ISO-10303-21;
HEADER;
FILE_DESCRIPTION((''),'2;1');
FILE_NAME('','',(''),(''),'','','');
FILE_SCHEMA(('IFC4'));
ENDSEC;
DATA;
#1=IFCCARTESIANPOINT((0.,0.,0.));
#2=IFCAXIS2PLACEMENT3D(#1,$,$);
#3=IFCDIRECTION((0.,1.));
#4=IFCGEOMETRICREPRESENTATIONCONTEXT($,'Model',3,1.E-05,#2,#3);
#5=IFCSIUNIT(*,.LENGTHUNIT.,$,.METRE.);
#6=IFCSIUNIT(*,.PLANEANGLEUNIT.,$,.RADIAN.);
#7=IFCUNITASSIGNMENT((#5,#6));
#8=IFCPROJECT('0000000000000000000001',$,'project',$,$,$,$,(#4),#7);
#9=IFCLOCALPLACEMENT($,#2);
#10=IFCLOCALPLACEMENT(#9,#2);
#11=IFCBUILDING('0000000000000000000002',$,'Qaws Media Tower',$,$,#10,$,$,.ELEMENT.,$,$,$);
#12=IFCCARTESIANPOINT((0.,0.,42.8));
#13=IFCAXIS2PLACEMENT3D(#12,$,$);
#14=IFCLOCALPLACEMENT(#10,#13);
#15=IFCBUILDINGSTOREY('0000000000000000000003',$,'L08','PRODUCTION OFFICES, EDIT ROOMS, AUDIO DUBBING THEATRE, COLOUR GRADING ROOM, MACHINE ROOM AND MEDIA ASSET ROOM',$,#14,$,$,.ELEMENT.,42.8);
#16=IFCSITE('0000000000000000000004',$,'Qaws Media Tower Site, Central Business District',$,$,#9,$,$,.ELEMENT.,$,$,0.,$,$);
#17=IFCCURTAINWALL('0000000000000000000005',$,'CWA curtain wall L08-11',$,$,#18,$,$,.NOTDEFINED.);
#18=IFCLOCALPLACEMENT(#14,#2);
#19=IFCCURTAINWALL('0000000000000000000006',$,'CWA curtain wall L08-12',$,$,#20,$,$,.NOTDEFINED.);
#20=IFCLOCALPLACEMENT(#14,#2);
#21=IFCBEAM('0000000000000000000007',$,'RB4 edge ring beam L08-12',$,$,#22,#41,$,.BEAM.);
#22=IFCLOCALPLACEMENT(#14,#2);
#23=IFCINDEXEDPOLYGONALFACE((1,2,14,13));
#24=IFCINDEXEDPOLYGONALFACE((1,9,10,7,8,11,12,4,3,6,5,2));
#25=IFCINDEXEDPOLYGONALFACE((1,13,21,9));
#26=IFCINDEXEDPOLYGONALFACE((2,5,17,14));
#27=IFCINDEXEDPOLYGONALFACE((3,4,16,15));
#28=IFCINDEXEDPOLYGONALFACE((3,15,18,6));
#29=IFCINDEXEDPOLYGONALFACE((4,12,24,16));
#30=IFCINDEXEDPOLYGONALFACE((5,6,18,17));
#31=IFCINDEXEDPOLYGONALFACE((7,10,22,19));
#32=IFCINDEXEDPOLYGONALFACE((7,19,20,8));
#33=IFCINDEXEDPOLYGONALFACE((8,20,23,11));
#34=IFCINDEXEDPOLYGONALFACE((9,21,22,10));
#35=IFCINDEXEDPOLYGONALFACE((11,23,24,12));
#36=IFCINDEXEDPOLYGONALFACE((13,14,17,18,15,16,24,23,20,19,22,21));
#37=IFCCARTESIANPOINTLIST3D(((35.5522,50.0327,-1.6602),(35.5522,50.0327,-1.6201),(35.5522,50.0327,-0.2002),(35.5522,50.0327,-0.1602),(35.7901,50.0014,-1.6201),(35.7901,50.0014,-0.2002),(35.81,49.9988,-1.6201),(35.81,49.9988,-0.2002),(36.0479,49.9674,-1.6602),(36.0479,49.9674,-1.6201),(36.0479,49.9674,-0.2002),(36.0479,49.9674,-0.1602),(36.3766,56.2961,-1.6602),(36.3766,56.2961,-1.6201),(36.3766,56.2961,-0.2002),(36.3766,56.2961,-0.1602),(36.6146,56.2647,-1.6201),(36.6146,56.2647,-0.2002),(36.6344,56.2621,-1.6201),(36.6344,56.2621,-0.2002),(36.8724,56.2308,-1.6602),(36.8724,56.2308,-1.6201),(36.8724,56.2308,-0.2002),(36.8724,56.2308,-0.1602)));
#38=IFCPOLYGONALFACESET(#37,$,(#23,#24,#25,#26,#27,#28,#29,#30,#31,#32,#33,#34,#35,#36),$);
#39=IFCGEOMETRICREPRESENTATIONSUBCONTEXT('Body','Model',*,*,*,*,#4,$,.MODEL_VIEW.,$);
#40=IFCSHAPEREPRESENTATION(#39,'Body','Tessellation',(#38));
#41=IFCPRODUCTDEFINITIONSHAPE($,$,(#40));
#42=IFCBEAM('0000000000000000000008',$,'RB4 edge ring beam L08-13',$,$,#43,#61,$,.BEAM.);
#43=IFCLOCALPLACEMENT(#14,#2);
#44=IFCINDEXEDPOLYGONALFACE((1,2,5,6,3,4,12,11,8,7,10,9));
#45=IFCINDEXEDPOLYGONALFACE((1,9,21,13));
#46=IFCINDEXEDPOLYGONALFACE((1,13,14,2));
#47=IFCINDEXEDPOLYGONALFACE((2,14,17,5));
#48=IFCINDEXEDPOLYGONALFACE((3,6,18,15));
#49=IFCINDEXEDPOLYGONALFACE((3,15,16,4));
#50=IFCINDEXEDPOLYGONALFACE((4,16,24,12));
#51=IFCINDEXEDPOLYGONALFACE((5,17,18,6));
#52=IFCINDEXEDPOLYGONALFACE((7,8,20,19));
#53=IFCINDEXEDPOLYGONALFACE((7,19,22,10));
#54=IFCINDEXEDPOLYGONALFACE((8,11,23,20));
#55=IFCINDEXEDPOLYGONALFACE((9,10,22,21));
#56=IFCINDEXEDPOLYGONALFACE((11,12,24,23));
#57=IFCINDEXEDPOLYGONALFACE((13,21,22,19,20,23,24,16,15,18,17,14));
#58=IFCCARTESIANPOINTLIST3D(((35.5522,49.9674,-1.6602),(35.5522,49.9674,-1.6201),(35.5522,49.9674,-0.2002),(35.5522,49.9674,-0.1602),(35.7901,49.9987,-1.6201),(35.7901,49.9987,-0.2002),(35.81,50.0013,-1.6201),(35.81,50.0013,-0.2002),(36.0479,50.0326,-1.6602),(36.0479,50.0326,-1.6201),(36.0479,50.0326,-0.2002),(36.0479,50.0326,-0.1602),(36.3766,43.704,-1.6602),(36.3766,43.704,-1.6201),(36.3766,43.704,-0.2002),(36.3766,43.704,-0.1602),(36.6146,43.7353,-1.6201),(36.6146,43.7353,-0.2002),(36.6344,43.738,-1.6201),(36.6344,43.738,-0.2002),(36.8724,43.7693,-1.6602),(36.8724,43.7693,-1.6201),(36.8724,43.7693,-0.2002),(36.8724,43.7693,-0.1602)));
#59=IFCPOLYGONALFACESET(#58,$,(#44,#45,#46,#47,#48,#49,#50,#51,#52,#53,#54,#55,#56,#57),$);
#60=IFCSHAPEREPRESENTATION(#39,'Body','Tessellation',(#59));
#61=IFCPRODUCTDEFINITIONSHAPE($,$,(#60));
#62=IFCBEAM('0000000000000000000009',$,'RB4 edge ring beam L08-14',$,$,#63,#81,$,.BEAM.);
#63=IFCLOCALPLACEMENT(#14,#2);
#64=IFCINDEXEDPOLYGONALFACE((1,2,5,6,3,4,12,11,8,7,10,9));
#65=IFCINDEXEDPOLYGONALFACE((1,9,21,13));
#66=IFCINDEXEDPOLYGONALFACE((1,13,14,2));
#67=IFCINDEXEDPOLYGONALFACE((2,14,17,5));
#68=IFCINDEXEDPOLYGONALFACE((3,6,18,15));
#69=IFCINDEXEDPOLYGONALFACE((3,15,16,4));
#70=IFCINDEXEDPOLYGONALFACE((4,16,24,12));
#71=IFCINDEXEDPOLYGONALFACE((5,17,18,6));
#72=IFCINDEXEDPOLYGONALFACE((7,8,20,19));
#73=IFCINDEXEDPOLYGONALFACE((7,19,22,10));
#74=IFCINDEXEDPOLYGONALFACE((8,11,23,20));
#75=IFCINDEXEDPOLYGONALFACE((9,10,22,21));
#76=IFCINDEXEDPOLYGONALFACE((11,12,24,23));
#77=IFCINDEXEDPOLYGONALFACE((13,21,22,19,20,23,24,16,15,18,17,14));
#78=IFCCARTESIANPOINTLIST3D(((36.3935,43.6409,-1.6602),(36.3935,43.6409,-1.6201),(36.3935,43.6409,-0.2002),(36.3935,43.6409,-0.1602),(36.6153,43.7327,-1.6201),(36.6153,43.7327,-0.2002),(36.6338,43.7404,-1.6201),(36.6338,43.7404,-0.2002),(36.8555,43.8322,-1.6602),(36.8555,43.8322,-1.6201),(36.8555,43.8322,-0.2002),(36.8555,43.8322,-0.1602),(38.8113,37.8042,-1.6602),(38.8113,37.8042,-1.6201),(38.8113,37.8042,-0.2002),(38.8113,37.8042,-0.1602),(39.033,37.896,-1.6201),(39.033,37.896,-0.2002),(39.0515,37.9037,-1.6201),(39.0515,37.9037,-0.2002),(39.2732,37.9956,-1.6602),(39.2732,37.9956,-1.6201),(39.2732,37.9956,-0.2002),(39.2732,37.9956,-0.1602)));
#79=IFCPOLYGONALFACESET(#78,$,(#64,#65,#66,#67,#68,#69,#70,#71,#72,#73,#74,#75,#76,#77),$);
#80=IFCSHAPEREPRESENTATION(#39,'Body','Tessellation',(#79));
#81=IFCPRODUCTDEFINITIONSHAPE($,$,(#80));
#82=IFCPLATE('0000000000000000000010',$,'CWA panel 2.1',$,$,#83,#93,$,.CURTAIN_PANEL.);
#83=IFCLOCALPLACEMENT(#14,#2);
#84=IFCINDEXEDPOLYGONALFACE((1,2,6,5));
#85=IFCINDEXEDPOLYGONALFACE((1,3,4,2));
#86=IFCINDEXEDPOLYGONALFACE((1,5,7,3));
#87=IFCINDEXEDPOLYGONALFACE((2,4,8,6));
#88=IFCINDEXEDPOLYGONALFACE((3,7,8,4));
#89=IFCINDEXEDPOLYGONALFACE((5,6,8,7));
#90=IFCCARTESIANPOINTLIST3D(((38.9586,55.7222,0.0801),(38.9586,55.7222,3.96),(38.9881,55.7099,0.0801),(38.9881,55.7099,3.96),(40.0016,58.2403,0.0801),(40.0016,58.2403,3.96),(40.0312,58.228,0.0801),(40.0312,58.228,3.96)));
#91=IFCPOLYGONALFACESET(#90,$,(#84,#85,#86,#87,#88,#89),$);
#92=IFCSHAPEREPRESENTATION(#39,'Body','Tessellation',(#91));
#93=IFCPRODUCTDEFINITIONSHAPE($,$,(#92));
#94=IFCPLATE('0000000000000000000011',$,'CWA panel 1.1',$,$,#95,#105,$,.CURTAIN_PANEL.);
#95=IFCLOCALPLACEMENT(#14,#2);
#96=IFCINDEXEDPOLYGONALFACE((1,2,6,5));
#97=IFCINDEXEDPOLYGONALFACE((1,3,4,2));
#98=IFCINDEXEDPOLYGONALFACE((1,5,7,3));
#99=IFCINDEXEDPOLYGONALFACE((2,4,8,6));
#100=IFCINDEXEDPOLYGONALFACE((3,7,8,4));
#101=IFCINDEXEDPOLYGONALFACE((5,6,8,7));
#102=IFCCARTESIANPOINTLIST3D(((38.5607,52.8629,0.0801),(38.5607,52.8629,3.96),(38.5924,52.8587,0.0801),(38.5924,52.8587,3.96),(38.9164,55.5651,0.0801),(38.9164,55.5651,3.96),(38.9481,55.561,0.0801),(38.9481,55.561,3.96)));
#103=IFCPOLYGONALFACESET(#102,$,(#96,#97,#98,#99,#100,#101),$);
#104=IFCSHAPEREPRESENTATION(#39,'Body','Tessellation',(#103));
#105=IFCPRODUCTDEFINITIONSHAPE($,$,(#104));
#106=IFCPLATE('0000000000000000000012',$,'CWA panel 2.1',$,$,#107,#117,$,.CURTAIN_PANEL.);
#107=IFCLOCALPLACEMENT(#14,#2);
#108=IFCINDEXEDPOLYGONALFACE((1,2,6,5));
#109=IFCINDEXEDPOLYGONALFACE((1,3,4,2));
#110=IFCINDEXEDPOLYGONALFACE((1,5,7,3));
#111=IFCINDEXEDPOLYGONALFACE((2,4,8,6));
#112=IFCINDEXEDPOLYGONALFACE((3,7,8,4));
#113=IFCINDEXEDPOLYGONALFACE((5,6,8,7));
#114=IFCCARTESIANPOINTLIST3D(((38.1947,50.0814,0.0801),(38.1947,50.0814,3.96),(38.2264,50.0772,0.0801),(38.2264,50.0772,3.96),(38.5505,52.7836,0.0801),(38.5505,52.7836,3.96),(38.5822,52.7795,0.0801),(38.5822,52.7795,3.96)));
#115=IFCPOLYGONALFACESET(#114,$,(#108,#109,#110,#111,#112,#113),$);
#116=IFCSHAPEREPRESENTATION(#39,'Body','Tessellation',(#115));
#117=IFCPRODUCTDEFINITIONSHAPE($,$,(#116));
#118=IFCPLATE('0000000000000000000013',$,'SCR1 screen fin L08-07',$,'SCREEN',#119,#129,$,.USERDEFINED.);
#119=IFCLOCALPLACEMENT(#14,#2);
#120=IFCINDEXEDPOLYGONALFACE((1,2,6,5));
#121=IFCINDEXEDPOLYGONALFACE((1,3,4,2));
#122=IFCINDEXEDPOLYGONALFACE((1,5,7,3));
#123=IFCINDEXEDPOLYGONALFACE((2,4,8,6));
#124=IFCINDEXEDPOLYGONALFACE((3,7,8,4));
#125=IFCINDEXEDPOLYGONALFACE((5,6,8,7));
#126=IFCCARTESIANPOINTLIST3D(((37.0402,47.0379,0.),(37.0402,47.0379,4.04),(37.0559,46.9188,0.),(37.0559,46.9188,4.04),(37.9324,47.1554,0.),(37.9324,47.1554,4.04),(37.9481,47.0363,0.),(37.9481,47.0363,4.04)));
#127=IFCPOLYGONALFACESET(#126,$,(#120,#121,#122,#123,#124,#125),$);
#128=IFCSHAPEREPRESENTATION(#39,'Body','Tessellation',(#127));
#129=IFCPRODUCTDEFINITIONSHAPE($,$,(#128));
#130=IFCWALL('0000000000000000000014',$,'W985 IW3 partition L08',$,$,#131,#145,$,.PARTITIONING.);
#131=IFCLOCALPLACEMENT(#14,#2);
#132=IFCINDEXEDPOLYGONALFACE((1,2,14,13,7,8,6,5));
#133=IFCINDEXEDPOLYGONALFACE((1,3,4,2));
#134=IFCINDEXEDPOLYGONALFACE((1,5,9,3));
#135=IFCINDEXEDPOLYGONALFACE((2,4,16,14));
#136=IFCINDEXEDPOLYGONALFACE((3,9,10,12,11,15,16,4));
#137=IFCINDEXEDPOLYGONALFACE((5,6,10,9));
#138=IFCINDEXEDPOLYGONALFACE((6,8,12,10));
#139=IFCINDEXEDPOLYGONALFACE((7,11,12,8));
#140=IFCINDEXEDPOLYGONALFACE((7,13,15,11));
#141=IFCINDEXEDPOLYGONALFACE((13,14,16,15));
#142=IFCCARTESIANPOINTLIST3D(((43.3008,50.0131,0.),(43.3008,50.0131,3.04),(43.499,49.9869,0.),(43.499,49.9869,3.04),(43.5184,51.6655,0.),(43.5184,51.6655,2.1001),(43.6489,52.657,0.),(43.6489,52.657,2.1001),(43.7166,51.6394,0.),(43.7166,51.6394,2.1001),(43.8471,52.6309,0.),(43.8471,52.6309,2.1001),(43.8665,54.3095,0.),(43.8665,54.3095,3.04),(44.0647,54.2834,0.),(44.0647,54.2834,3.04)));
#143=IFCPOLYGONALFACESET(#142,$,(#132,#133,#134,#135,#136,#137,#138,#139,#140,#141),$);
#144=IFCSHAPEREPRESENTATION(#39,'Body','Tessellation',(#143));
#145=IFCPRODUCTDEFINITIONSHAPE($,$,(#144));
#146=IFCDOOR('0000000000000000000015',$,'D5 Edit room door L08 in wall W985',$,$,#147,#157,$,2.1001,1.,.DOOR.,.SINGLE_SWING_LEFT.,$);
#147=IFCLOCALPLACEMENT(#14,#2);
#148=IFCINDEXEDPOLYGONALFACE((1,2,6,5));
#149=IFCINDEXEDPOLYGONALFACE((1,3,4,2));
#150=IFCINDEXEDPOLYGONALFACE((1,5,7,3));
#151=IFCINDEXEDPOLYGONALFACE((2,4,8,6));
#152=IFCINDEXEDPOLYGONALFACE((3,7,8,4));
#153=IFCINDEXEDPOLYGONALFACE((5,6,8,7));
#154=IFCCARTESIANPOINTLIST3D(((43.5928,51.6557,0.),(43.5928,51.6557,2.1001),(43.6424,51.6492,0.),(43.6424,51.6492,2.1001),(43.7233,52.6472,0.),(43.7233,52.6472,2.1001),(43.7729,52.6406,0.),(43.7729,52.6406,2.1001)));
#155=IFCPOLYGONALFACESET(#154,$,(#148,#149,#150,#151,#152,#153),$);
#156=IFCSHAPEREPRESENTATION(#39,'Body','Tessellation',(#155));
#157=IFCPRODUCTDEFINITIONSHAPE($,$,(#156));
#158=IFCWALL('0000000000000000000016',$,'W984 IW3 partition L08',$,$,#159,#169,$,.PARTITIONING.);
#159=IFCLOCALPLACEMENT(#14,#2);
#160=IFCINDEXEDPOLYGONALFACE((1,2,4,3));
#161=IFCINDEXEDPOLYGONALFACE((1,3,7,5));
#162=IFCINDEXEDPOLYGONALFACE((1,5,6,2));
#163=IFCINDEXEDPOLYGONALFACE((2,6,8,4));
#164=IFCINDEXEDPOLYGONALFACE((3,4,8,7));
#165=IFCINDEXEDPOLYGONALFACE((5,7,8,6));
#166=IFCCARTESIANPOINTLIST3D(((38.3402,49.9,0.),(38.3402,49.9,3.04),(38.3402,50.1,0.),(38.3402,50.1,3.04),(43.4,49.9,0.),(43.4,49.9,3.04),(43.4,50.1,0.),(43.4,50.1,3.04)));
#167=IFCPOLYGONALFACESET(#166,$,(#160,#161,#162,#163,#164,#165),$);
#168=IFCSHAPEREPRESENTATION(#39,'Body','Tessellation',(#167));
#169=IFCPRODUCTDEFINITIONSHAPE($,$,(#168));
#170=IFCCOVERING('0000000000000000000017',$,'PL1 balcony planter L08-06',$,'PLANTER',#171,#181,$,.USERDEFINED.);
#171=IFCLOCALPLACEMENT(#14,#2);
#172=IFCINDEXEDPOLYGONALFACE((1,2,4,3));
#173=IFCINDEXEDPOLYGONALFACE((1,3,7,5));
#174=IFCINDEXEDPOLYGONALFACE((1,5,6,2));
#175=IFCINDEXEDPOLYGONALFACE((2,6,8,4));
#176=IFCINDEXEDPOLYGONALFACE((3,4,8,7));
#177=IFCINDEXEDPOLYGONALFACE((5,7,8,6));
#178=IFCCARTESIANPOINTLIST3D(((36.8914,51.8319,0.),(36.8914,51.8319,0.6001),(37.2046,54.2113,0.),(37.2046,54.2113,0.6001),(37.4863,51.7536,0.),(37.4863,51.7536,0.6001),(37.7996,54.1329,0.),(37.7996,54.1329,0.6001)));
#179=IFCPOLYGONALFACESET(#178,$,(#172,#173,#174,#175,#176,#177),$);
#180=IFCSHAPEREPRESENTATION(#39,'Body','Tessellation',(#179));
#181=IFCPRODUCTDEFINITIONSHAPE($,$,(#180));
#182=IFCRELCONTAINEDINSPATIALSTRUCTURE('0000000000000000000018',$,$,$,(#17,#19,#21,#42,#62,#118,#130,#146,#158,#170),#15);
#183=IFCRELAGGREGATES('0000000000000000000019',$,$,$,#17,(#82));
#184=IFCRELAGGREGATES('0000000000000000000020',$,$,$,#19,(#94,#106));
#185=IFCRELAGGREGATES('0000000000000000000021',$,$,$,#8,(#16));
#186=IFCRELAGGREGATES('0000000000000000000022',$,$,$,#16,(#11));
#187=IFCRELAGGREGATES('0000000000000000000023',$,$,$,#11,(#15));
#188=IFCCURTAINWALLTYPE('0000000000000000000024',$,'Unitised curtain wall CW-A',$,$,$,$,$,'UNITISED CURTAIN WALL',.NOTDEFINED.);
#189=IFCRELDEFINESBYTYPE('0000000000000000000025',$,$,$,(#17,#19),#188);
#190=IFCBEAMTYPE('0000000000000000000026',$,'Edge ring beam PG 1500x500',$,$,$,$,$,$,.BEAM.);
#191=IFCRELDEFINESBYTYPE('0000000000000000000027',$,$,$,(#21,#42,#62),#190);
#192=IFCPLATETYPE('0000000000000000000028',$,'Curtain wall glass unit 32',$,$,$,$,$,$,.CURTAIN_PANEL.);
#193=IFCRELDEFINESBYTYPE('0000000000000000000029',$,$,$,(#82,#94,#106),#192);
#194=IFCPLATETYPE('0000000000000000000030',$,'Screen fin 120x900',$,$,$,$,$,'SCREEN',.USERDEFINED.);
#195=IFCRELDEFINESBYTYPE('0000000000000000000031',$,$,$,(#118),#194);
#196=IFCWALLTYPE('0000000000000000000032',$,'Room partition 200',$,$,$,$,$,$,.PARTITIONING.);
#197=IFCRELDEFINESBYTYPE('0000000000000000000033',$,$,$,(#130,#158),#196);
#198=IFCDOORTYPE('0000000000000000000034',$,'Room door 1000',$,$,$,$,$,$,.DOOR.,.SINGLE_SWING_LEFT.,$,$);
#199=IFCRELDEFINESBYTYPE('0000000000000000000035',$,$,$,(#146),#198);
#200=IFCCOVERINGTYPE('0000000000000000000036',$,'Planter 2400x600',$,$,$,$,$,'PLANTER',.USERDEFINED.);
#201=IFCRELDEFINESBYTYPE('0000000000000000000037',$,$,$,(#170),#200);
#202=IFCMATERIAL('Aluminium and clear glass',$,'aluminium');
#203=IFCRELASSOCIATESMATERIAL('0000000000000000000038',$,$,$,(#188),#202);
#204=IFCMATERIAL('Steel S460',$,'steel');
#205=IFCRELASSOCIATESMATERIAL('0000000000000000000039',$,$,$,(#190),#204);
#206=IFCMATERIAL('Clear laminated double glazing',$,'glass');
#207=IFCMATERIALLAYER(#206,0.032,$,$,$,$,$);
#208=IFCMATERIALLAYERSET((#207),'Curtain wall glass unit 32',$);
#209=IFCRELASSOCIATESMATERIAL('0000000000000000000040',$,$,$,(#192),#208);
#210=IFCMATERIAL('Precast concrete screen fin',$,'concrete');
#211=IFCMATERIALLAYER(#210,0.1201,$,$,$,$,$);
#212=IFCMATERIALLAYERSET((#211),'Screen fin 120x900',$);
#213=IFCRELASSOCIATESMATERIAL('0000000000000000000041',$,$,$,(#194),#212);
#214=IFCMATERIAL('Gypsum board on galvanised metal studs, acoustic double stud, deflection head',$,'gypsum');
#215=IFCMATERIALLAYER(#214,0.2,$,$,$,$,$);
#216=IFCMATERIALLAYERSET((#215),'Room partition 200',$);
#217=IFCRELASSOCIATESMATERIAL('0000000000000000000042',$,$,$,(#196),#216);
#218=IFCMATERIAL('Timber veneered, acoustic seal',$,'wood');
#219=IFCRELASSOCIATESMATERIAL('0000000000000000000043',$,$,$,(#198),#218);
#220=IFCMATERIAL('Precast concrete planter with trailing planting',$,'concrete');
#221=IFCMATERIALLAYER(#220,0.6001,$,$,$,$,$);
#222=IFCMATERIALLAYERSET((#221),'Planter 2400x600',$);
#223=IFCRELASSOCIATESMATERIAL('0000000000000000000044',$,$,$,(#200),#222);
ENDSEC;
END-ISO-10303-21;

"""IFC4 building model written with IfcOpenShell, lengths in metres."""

from ifc_helpers import new_model, si_unit, direction, frame, frame_2d, origin, origin_2d, place, context, subcontext, project, spatial, rectangle, i_section, extrude, material, layer, layer_set, material_profile, profile_set, type_object, element, fill, aggregate, save


model = new_model("IFC4")

# Units and contexts
model_context = context("Model", 3, precision=1e-05, world=origin(), true_north=direction((0.0, 1.0)))
body_context = subcontext(model_context, "Body", "Model", "MODEL_VIEW")
ifc_project = project(units=[si_unit("LENGTHUNIT", "METRE"), si_unit("PLANEANGLEUNIT", "RADIAN")], contexts=[model_context])

# Site, building, storey
site_placement = place(None, origin())
site = spatial("IfcSite", under=ifc_project, at=site_placement, Name="Qaws Media Tower Site, Central Business District", CompositionType="ELEMENT", RefElevation=0.0)
building_placement = place(site_placement, origin())
building = spatial("IfcBuilding", under=site, at=building_placement, Name="Qaws Media Tower", CompositionType="ELEMENT")
storey_placement = place(building_placement, frame((0.0, 0.0, 42.8)))
storey = spatial("IfcBuildingStorey", under=building, at=storey_placement, Name="L08", Description="PRODUCTION OFFICES, EDIT ROOMS, AUDIO DUBBING THEATRE, COLOUR GRADING ROOM, MACHINE ROOM AND MEDIA ASSET ROOM", CompositionType="ELEMENT", Elevation=42.8)

# Curtain walls
ifc_material_1 = material(Name="Aluminium and clear glass", Category="aluminium")
curtain_wall_type = type_object("IfcCurtainWallType", Name="Unitised curtain wall CW-A", ElementType="UNITISED CURTAIN WALL", PredefinedType="NOTDEFINED", material=ifc_material_1)
curtain_wall_1_placement = place(storey_placement, origin())
curtain_wall_1 = element("IfcCurtainWall", 1, at=curtain_wall_1_placement, inside=storey, type_object=curtain_wall_type, Name="CWA curtain wall L08-11", PredefinedType="NOTDEFINED")
curtain_wall_2_placement = place(storey_placement, origin())
curtain_wall_2 = element("IfcCurtainWall", 2, at=curtain_wall_2_placement, inside=storey, type_object=curtain_wall_type, Name="CWA curtain wall L08-12", PredefinedType="NOTDEFINED")

# Beams
ifc_material_2 = material(Name="Steel S460", Category="steel")
ifc_material_profile_1 = material_profile(ifc_material_2, i_section(OverallWidth=0.5, OverallDepth=1.5, WebThickness=0.02, FlangeThickness=0.04, at=origin_2d()), Name="PG 1500x500")
ifc_profile_set_1 = profile_set([ifc_material_profile_1], Name="Steel S460")
beam_type = type_object("IfcBeamType", Name="Edge ring beam PG 1500x500", PredefinedType="BEAM", material=ifc_profile_set_1)
for number, where, z_axis, x_axis, name in (
    (3, (36.6245, 56.2634, -0.9102), (-0.130505, -0.991448, 0.0), (0.991448, -0.130505, 0.0), "RB4 edge ring beam L08-12"),
    (4, (35.8, 50.0, -0.9102), (0.130505, -0.991448, 0.0), (0.991448, 0.130505, 0.0), "RB4 edge ring beam L08-13"),
):
    element("IfcBeam", number, at=place(storey_placement, frame(where, z_axis=z_axis, x_axis=x_axis)), inside=storey, type_object=beam_type, Name=name, PredefinedType="BEAM", context=body_context, shape_type="SweptSolid", body=[
        extrude(i_section(OverallWidth=0.5, OverallDepth=1.5, WebThickness=0.02, FlangeThickness=0.04, at=origin_2d()), origin(), (0.0, 0.0, 1.0), 6.3174),
    ])
beam_placement = place(storey_placement, frame((36.6245, 43.7366, -0.9102), z_axis=(0.382697, -0.923874, 0.0), x_axis=(0.923874, 0.382697, 0.0)))
element("IfcBeam", 5, at=beam_placement, inside=storey, type_object=beam_type, Name="RB4 edge ring beam L08-14", PredefinedType="BEAM", context=body_context, shape_type="SweptSolid", body=[
    extrude(i_section(OverallWidth=0.5, OverallDepth=1.5, WebThickness=0.02, FlangeThickness=0.04, at=origin_2d()), origin(), (0.0, 0.0, 1.0), 6.3176),
])

# Plates
ifc_material_3 = material(Name="Clear laminated double glazing", Category="glass")
ifc_layer_1 = layer(ifc_material_3, 0.032)
ifc_layer_set_1 = layer_set([ifc_layer_1], Name="Curtain wall glass unit 32")
plate_type_1 = type_object("IfcPlateType", Name="Curtain wall glass unit 32", PredefinedType="CURTAIN_PANEL", material=ifc_layer_set_1)
plate_1_placement = place(storey_placement, frame((39.4949, 56.9751, 0.0801), z_axis=(0.0, 0.0, 1.0), x_axis=(-0.382683, -0.92388, 0.0)))
plate_1 = element("IfcPlate", 6, at=plate_1_placement, type_object=plate_type_1, Name="CWA panel 2.1", PredefinedType="CURTAIN_PANEL", context=body_context, shape_type="SweptSolid", body=[
    extrude(rectangle(XDim=2.7256, YDim=0.032, at=origin_2d()), origin(), (0.0, 0.0, 1.0), 3.8799),
])
aggregate(curtain_wall_1, [plate_1])
plate_2_placement = place(storey_placement, frame((38.7544, 54.2119, 0.0801), z_axis=(0.0, 0.0, 1.0), x_axis=(-0.130526, -0.991445, 0.0)))
plate_2 = element("IfcPlate", 7, at=plate_2_placement, type_object=plate_type_1, Name="CWA panel 1.1", PredefinedType="CURTAIN_PANEL", context=body_context, shape_type="SweptSolid", body=[
    extrude(rectangle(XDim=2.7256, YDim=0.032, at=origin_2d()), origin(), (0.0, 0.0, 1.0), 3.8799),
])
plate_3_placement = place(storey_placement, frame((38.3884, 51.4304, 0.0801), z_axis=(0.0, 0.0, 1.0), x_axis=(-0.130526, -0.991445, 0.0)))
plate_3 = element("IfcPlate", 8, at=plate_3_placement, type_object=plate_type_1, Name="CWA panel 2.1", PredefinedType="CURTAIN_PANEL", context=body_context, shape_type="SweptSolid", body=[
    extrude(rectangle(XDim=2.7256, YDim=0.032, at=origin_2d()), origin(), (0.0, 0.0, 1.0), 3.8799),
])
aggregate(curtain_wall_2, [plate_2, plate_3])
ifc_material_4 = material(Name="Precast concrete screen fin", Category="concrete")
ifc_layer_2 = layer(ifc_material_4, 0.1201)
ifc_layer_set_2 = layer_set([ifc_layer_2], Name="Screen fin 120x900")
plate_type_2 = type_object("IfcPlateType", Name="Screen fin 120x900", ElementType="SCREEN", PredefinedType="USERDEFINED", material=ifc_layer_set_2)
plate_4_placement = place(storey_placement, frame((37.4941, 47.0371, 0.0), z_axis=(0.0, 0.0, 1.0), x_axis=(-0.991445, -0.130526, 0.0)))
element("IfcPlate", 9, at=plate_4_placement, inside=storey, type_object=plate_type_2, Name="SCR1 screen fin L08-07", ObjectType="SCREEN", PredefinedType="USERDEFINED", context=body_context, shape_type="SweptSolid", body=[
    extrude(rectangle(XDim=0.8999, YDim=0.1201, at=origin_2d()), origin(), (0.0, 0.0, 1.0), 4.04),
])

# Wall, opening, door
ifc_material_5 = material(Name="Gypsum board on galvanised metal studs, acoustic double stud, deflection head", Category="gypsum")
ifc_layer_3 = layer(ifc_material_5, 0.2)
ifc_layer_set_3 = layer_set([ifc_layer_3], Name="Room partition 200")
wall_type_1 = type_object("IfcWallType", Name="Room partition 200", PredefinedType="PARTITIONING", material=ifc_layer_set_3)
wall_1_placement = place(storey_placement, frame((43.3999, 50.0, 0.0), z_axis=(0.0, 0.0, 1.0), x_axis=(0.130536, 0.991444, 0.0)))
wall_1 = element("IfcWall", 10, at=wall_1_placement, inside=storey, type_object=wall_type_1, Name="W985 IW3 partition L08", PredefinedType="PARTITIONING", context=body_context, shape_type="SweptSolid", body=[
    extrude(rectangle(XDim=4.3335, YDim=0.2, at=frame_2d((2.1667, 0.0))), origin(), (0.0, 0.0, 1.0), 3.04),
])
opening_1_placement = place(wall_1_placement, frame((1.6667, 0.0, 0.0)))
opening_1 = element("IfcOpeningElement", 11, at=opening_1_placement, cuts=wall_1, PredefinedType="OPENING", context=body_context, shape_type="SweptSolid", body=[
    extrude(rectangle(XDim=1.0, YDim=2.1001, at=frame_2d((0.5, 1.05))), frame((0.0, 0.1099, 0.0), z_axis=(0.0, -1.0, 0.0), x_axis=(1.0, 0.0, 0.0)), (0.0, 0.0, 1.0), 0.22),
])
ifc_material_6 = material(Name="Timber veneered, acoustic seal", Category="wood")
door_type_1 = type_object("IfcDoorType", Name="Room door 1000", OperationType="SINGLE_SWING_LEFT", PredefinedType="DOOR", material=ifc_material_6)
door_1_placement = place(opening_1_placement, origin())
door_1 = element("IfcDoor", 12, at=door_1_placement, inside=storey, type_object=door_type_1, Name="D5 Edit room door L08 in wall W985", OperationType="SINGLE_SWING_LEFT", OverallHeight=2.1001, OverallWidth=1.0, PredefinedType="DOOR", context=body_context, shape_type="SweptSolid", body=[
    extrude(rectangle(XDim=1.0, YDim=2.1001, at=frame_2d((0.5, 1.05))), frame((0.0, 0.0249, 0.0), z_axis=(0.0, -1.0, 0.0), x_axis=(1.0, 0.0, 0.0)), (0.0, 0.0, 1.0), 0.05),
])
fill(opening_1, door_1)

# Wall
wall_2_placement = place(storey_placement, frame((43.3999, 50.0, 0.0), z_axis=(0.0, 0.0, 1.0), x_axis=(-1.0, 0.0, 0.0)))
element("IfcWall", 13, at=wall_2_placement, inside=storey, type_object=wall_type_1, Name="W984 IW3 partition L08", PredefinedType="PARTITIONING", context=body_context, shape_type="SweptSolid", body=[
    extrude(rectangle(XDim=5.0598, YDim=0.2, at=frame_2d((2.5298, 0.0))), origin(), (0.0, 0.0, 1.0), 3.04),
])

# Covering
ifc_material_7 = material(Name="Precast concrete planter with trailing planting", Category="concrete")
ifc_layer_4 = layer(ifc_material_7, 0.6001)
ifc_layer_set_4 = layer_set([ifc_layer_4], Name="Planter 2400x600")
covering_type = type_object("IfcCoveringType", Name="Planter 2400x600", ElementType="PLANTER", PredefinedType="USERDEFINED", material=ifc_layer_set_4)
covering_placement = place(storey_placement, frame((37.3455, 52.9824, 0.0), z_axis=(0.0, 0.0, 1.0), x_axis=(-0.130526, -0.991445, 0.0)))
element("IfcCovering", 14, at=covering_placement, inside=storey, type_object=covering_type, Name="PL1 balcony planter L08-06", ObjectType="PLANTER", PredefinedType="USERDEFINED", context=body_context, shape_type="SweptSolid", body=[
    extrude(rectangle(XDim=2.3999, YDim=0.6001, at=origin_2d()), origin(), (0.0, 0.0, 1.0), 0.6001),
])

save(model, "model.ifc")
